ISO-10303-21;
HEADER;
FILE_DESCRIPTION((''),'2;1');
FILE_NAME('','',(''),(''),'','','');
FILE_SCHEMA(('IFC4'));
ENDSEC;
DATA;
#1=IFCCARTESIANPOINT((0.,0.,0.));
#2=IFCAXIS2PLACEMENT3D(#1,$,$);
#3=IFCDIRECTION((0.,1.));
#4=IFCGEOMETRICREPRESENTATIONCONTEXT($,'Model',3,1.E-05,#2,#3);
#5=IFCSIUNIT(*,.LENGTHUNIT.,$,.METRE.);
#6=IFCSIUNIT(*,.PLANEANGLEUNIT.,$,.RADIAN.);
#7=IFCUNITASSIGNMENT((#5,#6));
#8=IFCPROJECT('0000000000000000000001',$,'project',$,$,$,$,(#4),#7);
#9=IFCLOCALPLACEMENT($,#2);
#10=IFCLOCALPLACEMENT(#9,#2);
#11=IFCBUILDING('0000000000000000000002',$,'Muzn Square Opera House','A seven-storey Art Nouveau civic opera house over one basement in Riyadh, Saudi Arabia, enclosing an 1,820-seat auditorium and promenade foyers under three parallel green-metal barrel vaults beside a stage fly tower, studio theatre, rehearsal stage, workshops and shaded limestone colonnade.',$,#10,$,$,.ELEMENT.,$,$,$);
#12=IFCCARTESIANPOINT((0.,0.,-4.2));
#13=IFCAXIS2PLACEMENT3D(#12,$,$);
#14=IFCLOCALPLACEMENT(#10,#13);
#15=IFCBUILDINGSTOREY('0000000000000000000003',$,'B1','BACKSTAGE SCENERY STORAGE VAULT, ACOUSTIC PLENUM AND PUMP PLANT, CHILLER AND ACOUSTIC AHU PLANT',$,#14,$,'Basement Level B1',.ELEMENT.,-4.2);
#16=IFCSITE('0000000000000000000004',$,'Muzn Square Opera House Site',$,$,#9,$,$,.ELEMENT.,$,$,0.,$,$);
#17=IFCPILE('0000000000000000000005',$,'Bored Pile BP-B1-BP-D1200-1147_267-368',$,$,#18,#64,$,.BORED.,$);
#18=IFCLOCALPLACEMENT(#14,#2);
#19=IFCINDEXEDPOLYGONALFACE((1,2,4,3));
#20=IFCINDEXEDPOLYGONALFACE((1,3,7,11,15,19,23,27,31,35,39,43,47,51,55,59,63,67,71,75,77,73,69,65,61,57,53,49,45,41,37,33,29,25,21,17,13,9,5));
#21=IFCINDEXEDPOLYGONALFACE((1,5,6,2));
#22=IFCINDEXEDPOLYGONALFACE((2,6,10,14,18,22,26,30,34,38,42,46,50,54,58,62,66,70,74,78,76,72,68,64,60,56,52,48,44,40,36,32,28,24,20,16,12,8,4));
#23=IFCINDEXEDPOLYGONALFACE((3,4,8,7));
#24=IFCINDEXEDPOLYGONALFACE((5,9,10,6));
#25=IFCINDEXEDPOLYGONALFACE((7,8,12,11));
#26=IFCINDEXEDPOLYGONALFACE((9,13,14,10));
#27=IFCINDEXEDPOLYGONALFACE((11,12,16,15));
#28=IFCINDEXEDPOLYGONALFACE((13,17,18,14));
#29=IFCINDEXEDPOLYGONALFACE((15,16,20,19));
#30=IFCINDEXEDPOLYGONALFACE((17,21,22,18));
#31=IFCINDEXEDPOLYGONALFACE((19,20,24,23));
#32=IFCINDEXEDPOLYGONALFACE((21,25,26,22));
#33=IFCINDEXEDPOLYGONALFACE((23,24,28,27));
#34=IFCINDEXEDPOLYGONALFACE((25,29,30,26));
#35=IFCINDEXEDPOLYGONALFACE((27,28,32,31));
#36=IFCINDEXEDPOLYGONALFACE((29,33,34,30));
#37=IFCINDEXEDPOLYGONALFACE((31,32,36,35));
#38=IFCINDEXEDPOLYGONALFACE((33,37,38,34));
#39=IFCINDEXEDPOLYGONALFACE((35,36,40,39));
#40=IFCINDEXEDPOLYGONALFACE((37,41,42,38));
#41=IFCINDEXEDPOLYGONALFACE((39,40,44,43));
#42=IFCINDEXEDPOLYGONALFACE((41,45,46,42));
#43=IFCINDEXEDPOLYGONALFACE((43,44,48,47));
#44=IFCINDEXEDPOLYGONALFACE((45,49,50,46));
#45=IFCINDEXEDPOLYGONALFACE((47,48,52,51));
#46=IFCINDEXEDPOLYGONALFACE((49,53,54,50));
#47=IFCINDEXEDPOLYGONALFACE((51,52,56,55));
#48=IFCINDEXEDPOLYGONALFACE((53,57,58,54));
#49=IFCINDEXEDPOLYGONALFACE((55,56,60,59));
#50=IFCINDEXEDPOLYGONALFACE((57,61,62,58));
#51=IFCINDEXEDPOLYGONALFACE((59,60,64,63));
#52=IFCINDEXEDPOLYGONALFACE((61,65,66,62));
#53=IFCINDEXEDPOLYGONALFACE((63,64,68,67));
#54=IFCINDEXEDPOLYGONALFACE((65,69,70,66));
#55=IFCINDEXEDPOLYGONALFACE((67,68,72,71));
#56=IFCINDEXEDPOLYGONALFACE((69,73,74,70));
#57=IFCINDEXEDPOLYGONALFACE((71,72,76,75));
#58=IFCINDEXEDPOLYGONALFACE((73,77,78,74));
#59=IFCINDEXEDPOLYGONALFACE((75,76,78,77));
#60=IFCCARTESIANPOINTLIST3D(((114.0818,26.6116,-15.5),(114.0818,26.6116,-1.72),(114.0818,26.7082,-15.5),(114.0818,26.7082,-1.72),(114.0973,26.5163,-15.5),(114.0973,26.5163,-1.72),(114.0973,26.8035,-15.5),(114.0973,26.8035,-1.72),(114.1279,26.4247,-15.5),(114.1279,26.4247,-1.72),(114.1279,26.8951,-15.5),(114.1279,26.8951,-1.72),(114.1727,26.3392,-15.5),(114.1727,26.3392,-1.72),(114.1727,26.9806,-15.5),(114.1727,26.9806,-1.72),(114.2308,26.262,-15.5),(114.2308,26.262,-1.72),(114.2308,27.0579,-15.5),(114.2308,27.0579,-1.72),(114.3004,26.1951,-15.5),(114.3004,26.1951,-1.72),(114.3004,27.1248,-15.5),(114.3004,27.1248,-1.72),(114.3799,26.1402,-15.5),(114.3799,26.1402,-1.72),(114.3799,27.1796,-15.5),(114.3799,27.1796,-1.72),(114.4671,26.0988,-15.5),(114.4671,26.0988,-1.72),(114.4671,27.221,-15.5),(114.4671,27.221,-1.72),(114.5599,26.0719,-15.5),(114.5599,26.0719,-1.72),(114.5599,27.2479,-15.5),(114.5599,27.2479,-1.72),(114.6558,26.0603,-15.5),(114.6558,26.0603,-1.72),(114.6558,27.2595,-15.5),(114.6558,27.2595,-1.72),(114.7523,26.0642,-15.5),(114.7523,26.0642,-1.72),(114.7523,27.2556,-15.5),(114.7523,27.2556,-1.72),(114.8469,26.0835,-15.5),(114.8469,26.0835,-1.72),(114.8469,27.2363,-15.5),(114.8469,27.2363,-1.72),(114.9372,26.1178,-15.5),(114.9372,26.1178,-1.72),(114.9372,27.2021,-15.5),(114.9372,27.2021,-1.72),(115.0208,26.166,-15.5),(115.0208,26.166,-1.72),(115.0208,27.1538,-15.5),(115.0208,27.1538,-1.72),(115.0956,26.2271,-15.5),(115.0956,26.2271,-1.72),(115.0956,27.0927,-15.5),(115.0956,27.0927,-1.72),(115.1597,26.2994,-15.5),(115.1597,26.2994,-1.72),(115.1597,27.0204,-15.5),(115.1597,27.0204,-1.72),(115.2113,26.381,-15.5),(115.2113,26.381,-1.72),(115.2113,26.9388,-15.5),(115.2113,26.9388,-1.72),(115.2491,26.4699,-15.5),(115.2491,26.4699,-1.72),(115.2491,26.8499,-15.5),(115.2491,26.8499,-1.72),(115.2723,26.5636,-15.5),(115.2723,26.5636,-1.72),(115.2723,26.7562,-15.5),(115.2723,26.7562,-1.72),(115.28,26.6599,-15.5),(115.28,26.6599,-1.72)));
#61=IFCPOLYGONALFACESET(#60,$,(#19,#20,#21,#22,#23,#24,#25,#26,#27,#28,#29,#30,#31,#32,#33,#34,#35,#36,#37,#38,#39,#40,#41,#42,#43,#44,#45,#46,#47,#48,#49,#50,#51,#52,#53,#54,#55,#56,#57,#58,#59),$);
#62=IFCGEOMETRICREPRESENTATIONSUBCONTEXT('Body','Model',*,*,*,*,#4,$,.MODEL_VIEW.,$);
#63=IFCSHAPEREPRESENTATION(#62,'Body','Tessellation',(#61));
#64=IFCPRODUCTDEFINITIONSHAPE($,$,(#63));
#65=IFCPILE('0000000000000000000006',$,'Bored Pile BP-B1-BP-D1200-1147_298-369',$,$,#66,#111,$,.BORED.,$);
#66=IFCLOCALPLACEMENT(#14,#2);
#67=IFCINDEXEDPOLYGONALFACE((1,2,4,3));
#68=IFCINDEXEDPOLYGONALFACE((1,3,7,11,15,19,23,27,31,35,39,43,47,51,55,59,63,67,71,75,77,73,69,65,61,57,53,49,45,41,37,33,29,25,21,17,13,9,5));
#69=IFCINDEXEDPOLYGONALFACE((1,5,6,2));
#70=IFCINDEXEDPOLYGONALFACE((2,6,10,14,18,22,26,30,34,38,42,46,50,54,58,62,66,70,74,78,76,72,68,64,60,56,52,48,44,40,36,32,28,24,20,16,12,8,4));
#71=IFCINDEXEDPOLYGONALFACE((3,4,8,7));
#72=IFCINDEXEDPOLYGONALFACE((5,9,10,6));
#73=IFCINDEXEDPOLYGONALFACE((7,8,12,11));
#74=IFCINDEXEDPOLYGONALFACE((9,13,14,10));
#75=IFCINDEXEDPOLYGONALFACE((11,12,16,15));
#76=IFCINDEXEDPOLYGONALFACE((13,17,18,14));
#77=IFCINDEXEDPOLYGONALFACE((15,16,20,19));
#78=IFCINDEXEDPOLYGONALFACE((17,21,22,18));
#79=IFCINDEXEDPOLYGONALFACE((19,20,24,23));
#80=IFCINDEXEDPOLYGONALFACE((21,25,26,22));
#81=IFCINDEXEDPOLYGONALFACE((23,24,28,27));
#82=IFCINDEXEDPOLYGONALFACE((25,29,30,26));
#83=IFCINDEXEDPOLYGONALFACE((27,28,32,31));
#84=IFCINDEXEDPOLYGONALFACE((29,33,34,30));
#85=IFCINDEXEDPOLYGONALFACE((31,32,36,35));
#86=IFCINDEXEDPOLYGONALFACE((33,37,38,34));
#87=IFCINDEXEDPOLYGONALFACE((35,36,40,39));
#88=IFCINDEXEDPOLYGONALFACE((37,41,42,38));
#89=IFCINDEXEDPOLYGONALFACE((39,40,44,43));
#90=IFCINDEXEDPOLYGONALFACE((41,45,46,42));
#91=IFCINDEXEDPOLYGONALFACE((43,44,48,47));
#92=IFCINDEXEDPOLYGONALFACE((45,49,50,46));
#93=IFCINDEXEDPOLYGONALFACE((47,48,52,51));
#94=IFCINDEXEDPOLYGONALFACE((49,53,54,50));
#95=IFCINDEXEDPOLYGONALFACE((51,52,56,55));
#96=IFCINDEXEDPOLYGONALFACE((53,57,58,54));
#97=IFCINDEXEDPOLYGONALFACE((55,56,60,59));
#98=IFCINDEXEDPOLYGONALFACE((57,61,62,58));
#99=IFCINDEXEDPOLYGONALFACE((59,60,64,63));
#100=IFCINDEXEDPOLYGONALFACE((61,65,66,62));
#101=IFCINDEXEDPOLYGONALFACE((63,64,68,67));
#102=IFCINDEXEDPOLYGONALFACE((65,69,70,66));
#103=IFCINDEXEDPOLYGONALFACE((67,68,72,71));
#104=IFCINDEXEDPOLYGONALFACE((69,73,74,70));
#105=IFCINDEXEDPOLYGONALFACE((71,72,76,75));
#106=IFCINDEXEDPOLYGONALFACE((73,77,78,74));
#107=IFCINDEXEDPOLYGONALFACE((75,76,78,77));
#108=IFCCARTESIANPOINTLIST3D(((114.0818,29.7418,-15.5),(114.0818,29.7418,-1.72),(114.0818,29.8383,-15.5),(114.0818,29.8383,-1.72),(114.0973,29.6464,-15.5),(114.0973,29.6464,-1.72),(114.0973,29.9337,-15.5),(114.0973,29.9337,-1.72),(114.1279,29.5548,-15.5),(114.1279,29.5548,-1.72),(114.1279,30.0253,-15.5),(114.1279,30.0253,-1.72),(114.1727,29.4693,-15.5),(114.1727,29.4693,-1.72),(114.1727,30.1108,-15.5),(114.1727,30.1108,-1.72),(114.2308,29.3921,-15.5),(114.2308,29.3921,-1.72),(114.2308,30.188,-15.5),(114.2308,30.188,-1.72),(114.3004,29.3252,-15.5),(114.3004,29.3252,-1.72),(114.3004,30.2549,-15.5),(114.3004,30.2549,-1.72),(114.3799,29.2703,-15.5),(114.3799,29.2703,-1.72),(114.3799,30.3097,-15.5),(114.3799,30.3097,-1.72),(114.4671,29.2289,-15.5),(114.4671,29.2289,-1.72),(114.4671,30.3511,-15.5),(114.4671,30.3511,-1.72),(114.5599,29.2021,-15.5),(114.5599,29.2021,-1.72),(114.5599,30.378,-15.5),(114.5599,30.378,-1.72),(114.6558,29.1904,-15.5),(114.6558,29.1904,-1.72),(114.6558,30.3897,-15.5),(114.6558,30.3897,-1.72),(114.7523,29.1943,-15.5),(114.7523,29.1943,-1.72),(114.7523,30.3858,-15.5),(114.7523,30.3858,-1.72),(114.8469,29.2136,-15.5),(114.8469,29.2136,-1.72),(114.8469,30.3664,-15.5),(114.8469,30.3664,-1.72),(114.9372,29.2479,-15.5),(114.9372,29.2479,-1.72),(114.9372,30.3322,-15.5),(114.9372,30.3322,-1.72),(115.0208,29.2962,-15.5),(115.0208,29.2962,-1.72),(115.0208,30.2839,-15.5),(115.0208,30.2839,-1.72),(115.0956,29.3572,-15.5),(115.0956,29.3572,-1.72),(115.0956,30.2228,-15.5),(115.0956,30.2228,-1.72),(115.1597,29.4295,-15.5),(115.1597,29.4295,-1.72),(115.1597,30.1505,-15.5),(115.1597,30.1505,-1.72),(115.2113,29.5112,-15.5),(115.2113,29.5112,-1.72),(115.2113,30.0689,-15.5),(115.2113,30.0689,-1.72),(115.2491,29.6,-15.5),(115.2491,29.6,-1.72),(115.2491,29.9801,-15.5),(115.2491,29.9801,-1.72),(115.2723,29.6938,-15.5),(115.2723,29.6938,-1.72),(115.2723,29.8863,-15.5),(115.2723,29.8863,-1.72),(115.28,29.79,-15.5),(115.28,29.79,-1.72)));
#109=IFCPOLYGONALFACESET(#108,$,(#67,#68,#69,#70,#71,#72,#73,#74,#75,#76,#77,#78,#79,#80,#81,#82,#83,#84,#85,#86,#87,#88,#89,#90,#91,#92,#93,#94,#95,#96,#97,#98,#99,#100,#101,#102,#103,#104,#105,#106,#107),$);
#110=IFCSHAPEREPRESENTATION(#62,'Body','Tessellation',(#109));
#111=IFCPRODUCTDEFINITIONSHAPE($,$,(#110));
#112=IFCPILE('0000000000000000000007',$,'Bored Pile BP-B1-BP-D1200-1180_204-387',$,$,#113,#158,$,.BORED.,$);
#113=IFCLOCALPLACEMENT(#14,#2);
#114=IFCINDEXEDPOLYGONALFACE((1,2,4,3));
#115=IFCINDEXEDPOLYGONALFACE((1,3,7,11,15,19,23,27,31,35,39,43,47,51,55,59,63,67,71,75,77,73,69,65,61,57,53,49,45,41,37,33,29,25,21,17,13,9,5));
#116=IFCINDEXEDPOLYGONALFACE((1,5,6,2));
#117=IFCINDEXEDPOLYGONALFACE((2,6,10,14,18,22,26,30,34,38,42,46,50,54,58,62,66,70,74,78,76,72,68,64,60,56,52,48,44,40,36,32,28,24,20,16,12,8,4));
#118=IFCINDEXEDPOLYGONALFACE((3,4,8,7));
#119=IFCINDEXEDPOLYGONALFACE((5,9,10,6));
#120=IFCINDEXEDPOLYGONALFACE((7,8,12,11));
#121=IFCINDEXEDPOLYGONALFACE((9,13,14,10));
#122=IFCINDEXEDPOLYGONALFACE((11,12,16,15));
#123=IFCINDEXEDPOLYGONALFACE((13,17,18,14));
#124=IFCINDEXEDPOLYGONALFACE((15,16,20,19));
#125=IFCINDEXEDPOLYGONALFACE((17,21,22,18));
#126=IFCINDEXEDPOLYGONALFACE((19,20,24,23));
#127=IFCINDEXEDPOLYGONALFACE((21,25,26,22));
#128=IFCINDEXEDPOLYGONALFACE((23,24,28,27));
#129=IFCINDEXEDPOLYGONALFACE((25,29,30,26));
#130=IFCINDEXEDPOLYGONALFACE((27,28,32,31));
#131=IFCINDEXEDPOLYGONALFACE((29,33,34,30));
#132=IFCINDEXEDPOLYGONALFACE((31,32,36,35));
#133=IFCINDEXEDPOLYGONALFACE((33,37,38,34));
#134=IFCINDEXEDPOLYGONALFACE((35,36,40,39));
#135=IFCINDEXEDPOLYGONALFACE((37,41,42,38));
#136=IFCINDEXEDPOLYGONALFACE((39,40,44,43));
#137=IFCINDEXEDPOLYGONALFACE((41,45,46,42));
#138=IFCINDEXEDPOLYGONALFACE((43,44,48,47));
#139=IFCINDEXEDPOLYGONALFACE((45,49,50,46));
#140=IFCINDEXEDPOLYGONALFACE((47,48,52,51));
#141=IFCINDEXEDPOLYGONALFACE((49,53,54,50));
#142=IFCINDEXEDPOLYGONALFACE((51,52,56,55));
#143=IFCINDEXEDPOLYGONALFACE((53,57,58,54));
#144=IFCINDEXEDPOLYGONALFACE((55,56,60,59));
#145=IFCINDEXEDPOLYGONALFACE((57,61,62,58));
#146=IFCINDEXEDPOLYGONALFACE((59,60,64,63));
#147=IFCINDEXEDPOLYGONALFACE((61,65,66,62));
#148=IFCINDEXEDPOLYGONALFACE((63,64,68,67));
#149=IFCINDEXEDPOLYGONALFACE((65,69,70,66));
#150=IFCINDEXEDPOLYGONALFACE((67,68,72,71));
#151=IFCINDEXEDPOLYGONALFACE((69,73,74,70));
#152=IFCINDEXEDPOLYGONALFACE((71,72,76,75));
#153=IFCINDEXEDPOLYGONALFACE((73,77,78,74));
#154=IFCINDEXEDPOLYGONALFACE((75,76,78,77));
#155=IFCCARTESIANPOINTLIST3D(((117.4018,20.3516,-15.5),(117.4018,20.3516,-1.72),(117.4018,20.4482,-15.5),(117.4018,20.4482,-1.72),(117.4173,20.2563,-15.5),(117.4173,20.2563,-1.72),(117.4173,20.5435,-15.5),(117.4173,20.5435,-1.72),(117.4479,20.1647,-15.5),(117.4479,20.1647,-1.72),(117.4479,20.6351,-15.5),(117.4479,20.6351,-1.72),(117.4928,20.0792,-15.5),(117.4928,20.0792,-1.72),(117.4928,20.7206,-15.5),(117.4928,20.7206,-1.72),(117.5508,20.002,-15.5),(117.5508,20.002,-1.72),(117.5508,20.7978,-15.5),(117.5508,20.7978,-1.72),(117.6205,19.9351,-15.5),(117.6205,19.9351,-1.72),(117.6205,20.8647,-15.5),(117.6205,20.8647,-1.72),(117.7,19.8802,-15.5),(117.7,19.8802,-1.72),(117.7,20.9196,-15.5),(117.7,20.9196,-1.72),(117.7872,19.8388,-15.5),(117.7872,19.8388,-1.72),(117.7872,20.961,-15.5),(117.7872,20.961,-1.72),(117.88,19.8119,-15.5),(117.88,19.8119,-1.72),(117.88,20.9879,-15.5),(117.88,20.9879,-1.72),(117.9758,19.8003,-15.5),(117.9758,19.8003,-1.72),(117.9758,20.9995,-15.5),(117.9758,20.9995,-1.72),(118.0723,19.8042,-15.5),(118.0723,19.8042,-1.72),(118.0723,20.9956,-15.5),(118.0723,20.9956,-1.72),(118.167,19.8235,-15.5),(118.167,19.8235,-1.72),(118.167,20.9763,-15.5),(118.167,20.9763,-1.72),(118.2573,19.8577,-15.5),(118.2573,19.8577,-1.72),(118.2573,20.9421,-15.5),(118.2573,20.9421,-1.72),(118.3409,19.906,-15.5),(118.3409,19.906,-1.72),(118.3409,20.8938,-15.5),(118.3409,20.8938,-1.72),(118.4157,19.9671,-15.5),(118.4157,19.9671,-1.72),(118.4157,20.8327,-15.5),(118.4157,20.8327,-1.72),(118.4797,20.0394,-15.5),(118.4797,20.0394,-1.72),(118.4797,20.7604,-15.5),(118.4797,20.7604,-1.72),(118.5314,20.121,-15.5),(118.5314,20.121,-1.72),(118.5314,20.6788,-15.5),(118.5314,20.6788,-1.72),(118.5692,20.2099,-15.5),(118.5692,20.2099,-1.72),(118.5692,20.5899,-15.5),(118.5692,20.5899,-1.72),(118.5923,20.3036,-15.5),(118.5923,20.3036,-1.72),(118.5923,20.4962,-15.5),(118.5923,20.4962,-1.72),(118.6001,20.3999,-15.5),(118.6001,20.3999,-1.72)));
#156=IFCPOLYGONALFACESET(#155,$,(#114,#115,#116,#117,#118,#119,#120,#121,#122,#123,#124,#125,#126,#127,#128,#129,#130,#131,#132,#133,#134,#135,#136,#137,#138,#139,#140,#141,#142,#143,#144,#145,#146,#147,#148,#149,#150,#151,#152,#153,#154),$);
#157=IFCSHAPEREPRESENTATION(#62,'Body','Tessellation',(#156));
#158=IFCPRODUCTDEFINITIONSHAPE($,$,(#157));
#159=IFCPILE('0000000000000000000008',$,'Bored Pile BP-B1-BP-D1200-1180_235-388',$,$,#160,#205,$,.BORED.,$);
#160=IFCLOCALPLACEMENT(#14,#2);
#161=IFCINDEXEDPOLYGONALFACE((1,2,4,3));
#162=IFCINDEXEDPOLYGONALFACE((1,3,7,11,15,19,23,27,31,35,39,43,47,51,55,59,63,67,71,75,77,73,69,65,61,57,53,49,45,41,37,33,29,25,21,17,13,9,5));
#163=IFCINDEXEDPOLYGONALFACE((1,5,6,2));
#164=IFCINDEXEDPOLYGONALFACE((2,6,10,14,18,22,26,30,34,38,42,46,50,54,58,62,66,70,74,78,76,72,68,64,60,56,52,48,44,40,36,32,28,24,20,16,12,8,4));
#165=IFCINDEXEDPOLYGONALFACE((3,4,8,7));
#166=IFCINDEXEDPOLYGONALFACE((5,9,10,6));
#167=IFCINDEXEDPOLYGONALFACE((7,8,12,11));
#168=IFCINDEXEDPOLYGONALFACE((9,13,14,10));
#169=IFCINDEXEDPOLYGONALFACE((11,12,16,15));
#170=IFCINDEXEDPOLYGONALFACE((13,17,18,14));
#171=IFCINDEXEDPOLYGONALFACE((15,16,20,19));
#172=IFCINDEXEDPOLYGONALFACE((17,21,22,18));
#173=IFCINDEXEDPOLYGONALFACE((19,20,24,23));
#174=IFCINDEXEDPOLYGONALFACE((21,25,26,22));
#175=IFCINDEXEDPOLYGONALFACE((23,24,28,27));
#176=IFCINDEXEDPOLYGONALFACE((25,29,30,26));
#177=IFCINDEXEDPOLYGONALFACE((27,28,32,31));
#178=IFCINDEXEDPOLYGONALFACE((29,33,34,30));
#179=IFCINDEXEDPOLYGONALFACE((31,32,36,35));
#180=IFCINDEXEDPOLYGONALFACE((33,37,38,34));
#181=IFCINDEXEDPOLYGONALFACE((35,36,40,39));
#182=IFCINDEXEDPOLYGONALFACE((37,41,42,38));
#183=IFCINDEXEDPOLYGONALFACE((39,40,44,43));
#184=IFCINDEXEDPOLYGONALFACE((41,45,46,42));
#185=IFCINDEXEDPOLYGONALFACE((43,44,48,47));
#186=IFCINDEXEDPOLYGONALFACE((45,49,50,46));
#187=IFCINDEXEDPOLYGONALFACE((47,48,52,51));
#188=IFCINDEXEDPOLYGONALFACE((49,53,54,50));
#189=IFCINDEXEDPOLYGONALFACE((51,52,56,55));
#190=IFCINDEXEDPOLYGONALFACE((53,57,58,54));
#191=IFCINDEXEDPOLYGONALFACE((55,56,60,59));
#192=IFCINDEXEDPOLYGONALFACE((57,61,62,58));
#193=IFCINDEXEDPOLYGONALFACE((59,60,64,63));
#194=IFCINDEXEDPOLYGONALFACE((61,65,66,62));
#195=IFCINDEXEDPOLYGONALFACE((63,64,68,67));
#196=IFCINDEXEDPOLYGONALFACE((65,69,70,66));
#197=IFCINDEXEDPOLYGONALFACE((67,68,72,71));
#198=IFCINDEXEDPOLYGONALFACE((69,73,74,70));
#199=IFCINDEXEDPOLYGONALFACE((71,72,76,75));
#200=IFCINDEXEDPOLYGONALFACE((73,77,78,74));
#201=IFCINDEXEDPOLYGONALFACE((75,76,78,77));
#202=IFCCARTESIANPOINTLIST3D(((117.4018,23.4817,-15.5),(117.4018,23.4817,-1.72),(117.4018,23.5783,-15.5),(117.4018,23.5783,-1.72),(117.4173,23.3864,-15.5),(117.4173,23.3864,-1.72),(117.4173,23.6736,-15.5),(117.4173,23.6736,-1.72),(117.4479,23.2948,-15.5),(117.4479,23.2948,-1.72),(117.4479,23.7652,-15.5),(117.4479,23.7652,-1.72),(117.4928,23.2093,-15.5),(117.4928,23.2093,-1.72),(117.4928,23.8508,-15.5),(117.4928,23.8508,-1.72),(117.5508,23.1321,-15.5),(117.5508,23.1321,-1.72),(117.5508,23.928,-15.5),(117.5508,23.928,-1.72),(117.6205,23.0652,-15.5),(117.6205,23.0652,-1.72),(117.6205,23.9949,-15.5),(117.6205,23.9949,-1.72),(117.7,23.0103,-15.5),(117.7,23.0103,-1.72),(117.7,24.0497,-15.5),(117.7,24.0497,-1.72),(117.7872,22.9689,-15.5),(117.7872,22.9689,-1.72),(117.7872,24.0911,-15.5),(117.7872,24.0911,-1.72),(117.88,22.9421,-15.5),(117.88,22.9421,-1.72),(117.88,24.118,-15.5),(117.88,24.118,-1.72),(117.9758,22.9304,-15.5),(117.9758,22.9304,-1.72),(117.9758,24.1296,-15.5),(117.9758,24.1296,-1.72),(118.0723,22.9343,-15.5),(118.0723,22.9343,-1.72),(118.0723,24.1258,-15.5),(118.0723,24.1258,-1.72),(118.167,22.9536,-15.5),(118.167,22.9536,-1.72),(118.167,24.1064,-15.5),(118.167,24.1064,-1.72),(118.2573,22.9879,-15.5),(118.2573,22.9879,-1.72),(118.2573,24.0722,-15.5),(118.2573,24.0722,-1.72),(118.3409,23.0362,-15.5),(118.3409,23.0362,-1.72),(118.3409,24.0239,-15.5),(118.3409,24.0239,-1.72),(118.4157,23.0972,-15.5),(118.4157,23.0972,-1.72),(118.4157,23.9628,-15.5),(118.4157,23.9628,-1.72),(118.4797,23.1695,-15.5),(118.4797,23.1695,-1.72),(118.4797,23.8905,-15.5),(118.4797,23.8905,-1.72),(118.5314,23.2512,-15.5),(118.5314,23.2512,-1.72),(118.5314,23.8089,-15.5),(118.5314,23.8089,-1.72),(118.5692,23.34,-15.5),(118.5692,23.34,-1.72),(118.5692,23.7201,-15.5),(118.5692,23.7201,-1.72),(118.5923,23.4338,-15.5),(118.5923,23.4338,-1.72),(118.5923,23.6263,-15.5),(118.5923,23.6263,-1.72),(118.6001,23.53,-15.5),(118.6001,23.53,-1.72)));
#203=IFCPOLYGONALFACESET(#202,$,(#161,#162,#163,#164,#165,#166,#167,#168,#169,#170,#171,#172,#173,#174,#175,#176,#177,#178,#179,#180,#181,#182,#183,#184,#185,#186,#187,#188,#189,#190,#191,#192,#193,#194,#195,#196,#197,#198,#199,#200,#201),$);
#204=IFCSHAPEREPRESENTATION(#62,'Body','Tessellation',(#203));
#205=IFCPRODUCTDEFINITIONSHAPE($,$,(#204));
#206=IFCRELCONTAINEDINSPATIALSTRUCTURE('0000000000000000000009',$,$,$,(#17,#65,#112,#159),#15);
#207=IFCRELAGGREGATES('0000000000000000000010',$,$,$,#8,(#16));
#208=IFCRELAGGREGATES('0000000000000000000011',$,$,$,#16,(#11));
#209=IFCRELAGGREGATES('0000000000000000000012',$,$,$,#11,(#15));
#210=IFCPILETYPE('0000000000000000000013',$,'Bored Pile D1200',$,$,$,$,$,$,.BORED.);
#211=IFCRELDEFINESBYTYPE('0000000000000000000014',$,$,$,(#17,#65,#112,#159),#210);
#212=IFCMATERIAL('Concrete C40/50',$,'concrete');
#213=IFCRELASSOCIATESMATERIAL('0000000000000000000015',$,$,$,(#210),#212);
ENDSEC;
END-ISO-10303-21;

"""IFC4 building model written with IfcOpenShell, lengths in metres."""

from ifc_helpers import new_model, si_unit, direction, frame, origin, origin_2d, place, context, subcontext, project, spatial, circle, extrude, material, material_profile, profile_set, type_object, element, save


model = new_model("IFC4")

# Units and contexts
model_context = context("Model", 3, precision=1e-05, world=origin(), true_north=direction((0.0, 1.0)))
body_context = subcontext(model_context, "Body", "Model", "MODEL_VIEW")
ifc_project = project(units=[si_unit("LENGTHUNIT", "METRE"), si_unit("PLANEANGLEUNIT", "RADIAN")], contexts=[model_context])

# Site, building, storey
site_placement = place(None, origin())
site = spatial("IfcSite", under=ifc_project, at=site_placement, Name="Muzn Square Opera House Site", CompositionType="ELEMENT", RefElevation=0.0)
building_placement = place(site_placement, origin())
building = spatial("IfcBuilding", under=site, at=building_placement, Name="Muzn Square Opera House", Description="A seven-storey Art Nouveau civic opera house over one basement in Riyadh, Saudi Arabia, enclosing an 1,820-seat auditorium and promenade foyers under three parallel green-metal barrel vaults beside a stage fly tower, studio theatre, rehearsal stage, workshops and shaded limestone colonnade.", CompositionType="ELEMENT")
storey_placement = place(building_placement, frame((0.0, 0.0, -4.2)))
storey = spatial("IfcBuildingStorey", under=building, at=storey_placement, Name="B1", Description="BACKSTAGE SCENERY STORAGE VAULT, ACOUSTIC PLENUM AND PUMP PLANT, CHILLER AND ACOUSTIC AHU PLANT", LongName="Basement Level B1", CompositionType="ELEMENT", Elevation=-4.2)

# Piles
ifc_material_1 = material(Name="Concrete C40/50", Category="concrete")
ifc_material_profile_1 = material_profile(ifc_material_1, circle(Radius=0.6001, at=origin_2d()), Name="BORED PILE D1200", Category="concrete")
ifc_profile_set_1 = profile_set([ifc_material_profile_1], Name="Concrete C40/50")
pile_type = type_object("IfcPileType", Name="Bored Pile D1200", PredefinedType="BORED", material=ifc_profile_set_1)
for number, where, z_axis, x_axis, name in (
    (1, (114.6799, 26.6599, -1.72), (0.0, 0.0, -1.0), (1.0, 0.0, 0.0), "Bored Pile BP-B1-BP-D1200-1147_267-368"),
    (2, (114.6799, 29.79, -1.72), (0.0, 0.0, -1.0), (1.0, 0.0, 0.0), "Bored Pile BP-B1-BP-D1200-1147_298-369"),
    (3, (118.0, 20.3999, -1.72), (0.0, 0.0, -1.0), (1.0, 0.0, 0.0), "Bored Pile BP-B1-BP-D1200-1180_204-387"),
    (4, (118.0, 23.53, -1.72), (0.0, 0.0, -1.0), (1.0, 0.0, 0.0), "Bored Pile BP-B1-BP-D1200-1180_235-388"),
):
    element("IfcPile", number, at=place(storey_placement, frame(where, z_axis=z_axis, x_axis=x_axis)), inside=storey, type_object=pile_type, Name=name, PredefinedType="BORED", context=body_context, shape_type="SweptSolid", body=[
        extrude(circle(Radius=0.6001, at=origin_2d()), origin(), (0.0, 0.0, 1.0), 13.78),
    ])

save(model, "model.ifc")
